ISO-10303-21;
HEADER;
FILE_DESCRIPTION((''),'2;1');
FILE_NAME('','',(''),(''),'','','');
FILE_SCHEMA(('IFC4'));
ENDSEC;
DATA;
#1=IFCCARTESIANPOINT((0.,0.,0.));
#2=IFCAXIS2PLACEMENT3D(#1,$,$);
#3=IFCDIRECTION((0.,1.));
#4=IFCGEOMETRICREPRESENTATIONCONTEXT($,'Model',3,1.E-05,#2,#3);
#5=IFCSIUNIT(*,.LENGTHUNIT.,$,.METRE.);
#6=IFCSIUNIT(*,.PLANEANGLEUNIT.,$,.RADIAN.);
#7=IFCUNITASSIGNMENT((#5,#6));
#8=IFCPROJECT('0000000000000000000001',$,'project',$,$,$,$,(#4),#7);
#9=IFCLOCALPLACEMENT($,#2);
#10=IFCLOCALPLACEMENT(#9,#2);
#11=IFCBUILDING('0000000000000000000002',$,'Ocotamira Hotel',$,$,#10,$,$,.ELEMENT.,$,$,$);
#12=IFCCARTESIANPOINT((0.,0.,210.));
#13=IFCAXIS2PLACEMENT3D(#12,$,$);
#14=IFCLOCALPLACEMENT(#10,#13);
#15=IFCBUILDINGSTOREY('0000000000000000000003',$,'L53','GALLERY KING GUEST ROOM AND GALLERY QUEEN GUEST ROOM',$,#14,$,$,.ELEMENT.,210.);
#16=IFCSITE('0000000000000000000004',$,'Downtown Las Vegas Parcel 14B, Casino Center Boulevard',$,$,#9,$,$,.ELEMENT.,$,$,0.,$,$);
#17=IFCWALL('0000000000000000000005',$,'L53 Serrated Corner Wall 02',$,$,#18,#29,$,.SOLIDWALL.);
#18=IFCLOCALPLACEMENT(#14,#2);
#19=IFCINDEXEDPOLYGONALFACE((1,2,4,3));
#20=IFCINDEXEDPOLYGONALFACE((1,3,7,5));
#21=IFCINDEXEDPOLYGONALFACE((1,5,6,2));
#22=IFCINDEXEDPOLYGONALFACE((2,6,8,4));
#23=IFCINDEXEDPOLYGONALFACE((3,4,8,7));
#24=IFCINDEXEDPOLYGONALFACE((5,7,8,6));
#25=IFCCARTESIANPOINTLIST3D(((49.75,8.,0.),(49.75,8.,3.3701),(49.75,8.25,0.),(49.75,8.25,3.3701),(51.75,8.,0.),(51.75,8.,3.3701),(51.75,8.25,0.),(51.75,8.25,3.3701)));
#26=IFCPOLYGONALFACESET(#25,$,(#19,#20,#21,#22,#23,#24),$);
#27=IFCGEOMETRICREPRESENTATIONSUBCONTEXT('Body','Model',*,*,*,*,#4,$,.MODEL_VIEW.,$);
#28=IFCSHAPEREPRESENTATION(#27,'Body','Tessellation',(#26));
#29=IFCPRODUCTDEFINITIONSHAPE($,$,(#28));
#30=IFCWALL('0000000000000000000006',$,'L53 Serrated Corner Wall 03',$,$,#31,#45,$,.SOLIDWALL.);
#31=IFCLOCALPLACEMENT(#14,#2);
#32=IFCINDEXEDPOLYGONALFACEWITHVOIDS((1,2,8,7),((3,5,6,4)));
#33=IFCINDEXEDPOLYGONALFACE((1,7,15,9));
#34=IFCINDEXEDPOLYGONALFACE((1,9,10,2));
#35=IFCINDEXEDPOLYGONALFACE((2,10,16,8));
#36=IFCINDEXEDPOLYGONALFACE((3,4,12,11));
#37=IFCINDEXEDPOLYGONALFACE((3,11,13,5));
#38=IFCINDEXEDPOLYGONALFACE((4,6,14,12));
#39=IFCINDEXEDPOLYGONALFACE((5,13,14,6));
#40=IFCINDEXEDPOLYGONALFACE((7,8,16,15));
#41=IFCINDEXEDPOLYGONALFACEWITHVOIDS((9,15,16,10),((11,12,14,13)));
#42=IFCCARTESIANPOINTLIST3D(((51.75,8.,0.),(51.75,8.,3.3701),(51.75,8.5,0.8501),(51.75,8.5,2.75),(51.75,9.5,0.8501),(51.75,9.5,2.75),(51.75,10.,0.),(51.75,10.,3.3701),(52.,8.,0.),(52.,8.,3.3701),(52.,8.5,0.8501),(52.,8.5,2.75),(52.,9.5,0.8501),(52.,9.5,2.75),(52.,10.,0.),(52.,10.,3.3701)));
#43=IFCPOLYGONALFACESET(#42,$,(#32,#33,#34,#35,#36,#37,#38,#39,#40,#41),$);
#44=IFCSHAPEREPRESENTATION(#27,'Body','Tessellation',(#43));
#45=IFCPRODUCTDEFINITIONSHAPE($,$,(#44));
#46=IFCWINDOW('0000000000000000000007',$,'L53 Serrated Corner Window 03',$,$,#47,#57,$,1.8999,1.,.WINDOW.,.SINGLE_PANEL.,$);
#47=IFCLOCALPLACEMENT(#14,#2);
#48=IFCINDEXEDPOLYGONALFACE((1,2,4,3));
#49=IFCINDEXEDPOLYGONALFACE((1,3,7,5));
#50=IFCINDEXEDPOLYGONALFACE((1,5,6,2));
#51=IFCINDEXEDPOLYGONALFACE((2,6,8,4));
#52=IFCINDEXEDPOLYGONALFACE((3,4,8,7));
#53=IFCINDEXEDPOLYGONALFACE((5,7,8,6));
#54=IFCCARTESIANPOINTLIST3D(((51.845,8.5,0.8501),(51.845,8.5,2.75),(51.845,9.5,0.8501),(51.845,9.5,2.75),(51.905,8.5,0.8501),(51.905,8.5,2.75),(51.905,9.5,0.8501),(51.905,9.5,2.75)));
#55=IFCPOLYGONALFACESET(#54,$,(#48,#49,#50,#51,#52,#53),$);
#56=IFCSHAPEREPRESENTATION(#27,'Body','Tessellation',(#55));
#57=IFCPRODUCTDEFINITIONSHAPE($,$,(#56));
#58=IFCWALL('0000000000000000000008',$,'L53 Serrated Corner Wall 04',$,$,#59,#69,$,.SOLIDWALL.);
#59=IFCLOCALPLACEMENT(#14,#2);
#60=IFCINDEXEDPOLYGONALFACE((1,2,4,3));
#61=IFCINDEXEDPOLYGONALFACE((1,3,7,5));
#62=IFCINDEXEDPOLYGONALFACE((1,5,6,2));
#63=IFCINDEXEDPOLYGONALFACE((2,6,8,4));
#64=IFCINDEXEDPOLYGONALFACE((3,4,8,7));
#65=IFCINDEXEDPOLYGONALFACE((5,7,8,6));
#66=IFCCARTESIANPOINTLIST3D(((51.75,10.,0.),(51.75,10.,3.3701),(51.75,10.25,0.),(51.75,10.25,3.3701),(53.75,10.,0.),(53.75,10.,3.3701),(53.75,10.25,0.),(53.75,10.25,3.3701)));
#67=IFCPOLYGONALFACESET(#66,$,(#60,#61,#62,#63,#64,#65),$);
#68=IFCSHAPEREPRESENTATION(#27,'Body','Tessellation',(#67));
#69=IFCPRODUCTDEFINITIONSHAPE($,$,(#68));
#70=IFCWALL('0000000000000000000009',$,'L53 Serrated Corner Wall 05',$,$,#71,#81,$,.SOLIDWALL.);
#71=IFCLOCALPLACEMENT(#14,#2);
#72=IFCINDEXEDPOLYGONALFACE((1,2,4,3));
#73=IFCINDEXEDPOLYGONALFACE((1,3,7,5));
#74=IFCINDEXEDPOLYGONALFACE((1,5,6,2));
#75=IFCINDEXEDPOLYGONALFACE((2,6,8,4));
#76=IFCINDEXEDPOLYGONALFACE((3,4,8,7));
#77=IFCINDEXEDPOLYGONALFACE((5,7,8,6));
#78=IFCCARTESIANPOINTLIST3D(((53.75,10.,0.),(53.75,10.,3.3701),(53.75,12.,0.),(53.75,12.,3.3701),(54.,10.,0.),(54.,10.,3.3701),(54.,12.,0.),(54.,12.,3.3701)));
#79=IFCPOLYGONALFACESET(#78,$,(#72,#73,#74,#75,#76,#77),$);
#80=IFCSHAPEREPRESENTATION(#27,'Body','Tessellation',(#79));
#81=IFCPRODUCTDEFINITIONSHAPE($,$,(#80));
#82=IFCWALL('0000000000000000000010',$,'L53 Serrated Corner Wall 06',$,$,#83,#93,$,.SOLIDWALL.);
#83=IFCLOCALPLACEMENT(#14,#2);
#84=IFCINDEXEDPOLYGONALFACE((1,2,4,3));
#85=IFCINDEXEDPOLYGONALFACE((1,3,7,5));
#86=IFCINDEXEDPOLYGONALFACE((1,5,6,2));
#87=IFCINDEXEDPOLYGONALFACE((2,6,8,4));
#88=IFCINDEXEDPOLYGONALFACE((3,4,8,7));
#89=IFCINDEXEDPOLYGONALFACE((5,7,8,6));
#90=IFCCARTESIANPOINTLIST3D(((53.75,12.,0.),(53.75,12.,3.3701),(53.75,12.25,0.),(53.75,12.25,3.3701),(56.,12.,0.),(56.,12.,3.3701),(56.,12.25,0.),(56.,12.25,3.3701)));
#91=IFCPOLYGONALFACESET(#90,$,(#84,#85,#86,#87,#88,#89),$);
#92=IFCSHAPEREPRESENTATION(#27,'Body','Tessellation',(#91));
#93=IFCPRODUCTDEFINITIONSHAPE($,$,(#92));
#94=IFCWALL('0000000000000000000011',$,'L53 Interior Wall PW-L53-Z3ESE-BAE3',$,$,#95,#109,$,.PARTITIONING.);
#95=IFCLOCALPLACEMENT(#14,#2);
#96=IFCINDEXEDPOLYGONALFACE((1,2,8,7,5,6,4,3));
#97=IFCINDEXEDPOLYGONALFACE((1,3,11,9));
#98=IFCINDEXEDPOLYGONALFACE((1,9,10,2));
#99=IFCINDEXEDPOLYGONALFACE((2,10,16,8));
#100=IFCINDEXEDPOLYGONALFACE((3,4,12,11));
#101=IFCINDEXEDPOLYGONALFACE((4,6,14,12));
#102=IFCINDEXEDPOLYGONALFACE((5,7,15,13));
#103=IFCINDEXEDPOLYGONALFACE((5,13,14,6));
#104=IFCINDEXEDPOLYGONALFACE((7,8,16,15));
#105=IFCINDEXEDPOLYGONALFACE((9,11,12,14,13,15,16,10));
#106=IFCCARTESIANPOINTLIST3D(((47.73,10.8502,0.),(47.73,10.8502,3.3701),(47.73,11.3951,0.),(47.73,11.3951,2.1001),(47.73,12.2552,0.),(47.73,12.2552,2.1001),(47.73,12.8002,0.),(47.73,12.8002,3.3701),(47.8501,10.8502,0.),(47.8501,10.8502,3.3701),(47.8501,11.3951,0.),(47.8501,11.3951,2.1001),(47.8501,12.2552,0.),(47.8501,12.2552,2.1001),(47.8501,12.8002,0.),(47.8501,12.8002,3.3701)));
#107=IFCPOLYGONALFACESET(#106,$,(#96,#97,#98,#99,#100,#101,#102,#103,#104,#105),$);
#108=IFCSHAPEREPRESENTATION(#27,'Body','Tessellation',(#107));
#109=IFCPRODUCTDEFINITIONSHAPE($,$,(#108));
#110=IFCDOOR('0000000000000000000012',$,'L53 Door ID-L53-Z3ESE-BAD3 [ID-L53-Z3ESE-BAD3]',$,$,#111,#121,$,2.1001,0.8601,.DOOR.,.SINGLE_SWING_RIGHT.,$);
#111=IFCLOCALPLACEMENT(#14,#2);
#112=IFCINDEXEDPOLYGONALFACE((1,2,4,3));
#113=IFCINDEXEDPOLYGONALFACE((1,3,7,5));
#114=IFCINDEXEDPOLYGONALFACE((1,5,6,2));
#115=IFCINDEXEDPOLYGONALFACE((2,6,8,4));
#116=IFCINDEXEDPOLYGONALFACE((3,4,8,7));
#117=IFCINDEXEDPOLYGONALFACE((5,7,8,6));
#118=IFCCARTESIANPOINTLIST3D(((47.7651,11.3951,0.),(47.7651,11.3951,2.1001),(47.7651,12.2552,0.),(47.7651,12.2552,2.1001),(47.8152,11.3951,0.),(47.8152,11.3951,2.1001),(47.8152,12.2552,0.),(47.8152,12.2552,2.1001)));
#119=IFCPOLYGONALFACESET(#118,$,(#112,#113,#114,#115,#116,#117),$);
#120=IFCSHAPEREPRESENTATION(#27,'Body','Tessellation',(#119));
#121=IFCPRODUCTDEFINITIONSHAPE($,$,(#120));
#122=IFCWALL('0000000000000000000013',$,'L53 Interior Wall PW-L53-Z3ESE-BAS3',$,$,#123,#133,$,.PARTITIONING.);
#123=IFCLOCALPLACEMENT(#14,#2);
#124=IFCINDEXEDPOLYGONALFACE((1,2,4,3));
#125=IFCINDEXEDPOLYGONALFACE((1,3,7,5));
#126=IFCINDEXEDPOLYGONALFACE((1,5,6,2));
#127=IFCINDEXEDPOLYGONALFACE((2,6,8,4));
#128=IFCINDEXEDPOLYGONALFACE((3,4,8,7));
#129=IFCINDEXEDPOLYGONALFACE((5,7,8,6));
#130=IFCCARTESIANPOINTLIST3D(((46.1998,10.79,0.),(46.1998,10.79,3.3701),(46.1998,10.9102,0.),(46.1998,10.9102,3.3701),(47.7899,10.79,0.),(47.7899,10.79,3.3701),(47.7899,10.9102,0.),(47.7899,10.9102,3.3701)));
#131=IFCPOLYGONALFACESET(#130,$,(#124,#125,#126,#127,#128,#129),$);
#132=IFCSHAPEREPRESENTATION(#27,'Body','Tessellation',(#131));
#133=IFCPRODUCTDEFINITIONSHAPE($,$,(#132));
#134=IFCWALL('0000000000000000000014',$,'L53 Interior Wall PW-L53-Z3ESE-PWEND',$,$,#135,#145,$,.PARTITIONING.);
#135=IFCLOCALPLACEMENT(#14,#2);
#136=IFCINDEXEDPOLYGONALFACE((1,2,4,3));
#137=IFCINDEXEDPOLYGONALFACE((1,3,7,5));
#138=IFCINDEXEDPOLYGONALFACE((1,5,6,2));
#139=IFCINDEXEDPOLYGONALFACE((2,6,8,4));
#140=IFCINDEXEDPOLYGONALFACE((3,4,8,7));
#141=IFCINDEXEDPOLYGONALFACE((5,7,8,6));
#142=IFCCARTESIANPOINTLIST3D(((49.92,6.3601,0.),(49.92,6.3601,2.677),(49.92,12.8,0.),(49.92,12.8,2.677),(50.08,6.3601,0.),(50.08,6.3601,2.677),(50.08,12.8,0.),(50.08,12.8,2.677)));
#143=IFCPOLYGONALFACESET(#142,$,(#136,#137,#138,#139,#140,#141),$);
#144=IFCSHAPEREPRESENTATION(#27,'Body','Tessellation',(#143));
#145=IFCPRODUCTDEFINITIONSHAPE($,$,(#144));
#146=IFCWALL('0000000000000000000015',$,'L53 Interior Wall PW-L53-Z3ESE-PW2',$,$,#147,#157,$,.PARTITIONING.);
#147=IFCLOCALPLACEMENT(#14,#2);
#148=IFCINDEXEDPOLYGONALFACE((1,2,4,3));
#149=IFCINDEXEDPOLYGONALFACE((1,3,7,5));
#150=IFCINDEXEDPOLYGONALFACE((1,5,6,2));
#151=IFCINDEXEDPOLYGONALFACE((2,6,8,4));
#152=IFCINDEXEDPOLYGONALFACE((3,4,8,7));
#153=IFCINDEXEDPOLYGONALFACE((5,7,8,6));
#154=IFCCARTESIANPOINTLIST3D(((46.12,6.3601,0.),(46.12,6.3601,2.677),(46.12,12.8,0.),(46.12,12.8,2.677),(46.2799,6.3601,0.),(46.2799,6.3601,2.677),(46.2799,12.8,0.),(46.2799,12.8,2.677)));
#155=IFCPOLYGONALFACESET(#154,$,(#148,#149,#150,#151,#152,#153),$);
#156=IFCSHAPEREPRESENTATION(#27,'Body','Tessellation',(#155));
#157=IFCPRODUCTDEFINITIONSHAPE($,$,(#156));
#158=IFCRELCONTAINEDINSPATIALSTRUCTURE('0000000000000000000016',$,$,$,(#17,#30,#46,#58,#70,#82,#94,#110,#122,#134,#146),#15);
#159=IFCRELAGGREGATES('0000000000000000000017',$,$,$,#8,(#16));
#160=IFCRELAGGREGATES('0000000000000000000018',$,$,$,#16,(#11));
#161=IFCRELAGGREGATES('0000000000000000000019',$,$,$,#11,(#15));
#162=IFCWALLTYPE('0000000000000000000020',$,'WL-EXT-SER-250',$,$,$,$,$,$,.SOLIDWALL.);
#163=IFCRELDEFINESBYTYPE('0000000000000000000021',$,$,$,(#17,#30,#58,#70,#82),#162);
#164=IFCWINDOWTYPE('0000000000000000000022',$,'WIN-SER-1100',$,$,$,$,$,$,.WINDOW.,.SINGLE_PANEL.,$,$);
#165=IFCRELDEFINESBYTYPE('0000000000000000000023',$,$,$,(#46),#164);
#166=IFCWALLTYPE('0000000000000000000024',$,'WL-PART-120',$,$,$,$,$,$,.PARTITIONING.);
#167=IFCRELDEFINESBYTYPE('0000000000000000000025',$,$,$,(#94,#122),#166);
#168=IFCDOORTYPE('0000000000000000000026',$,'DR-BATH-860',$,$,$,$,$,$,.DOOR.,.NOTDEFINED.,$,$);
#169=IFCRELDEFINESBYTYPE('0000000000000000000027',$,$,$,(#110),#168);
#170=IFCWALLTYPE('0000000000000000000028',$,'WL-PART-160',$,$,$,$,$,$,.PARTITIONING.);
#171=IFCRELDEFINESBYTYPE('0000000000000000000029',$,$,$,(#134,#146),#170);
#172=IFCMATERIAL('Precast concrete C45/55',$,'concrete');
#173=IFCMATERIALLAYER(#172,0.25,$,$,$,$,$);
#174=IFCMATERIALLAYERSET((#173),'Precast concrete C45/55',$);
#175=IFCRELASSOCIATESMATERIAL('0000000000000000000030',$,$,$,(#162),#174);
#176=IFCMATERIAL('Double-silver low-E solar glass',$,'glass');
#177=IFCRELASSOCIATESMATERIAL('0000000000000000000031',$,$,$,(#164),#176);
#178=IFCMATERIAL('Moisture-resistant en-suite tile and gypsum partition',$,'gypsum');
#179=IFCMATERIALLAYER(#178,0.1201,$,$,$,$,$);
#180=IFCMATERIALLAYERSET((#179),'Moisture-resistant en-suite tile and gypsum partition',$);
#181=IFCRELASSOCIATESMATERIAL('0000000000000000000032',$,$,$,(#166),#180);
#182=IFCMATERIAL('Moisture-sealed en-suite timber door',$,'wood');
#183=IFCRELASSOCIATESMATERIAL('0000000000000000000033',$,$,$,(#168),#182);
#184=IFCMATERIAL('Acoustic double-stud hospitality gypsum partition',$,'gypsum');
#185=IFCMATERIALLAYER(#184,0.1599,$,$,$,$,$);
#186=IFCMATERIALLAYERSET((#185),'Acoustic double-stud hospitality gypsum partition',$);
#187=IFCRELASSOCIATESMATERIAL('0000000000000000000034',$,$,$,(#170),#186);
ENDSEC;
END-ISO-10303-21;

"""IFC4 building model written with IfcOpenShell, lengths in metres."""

from ifc_helpers import new_model, si_unit, direction, frame, frame_2d, origin, place, context, subcontext, project, spatial, rectangle, extrude, source, transform, mapped, material, layer, layer_set, type_object, element, fill, save


model = new_model("IFC4")

# Units and contexts
model_context = context("Model", 3, precision=1e-05, world=origin(), true_north=direction((0.0, 1.0)))
body_context = subcontext(model_context, "Body", "Model", "MODEL_VIEW")
ifc_project = project(units=[si_unit("LENGTHUNIT", "METRE"), si_unit("PLANEANGLEUNIT", "RADIAN")], contexts=[model_context])

# Site, building, storey
site_placement = place(None, origin())
site = spatial("IfcSite", under=ifc_project, at=site_placement, Name="Downtown Las Vegas Parcel 14B, Casino Center Boulevard", CompositionType="ELEMENT", RefElevation=0.0)
building_placement = place(site_placement, origin())
building = spatial("IfcBuilding", under=site, at=building_placement, Name="Ocotamira Hotel", CompositionType="ELEMENT")
storey_placement = place(building_placement, frame((0.0, 0.0, 210.0)))
storey = spatial("IfcBuildingStorey", under=building, at=storey_placement, Name="L53", Description="GALLERY KING GUEST ROOM AND GALLERY QUEEN GUEST ROOM", CompositionType="ELEMENT", Elevation=210.0)

# Wall
ifc_material_1 = material(Name="Precast concrete C45/55", Category="concrete")
ifc_layer_1 = layer(ifc_material_1, 0.25)
ifc_layer_set_1 = layer_set([ifc_layer_1], Name="Precast concrete C45/55")
wall_type_1 = type_object("IfcWallType", Name="WL-EXT-SER-250", PredefinedType="SOLIDWALL", material=ifc_layer_set_1)
wall_1_placement = place(storey_placement, frame((49.75, 8.125, 0.0), z_axis=(0.0, 0.0, 1.0), x_axis=(1.0, 0.0, 0.0)))
element("IfcWall", 1, at=wall_1_placement, inside=storey, type_object=wall_type_1, Name="L53 Serrated Corner Wall 02", PredefinedType="SOLIDWALL", context=body_context, shape_type="SweptSolid", body=[
    extrude(rectangle(XDim=2.0, YDim=0.25, at=frame_2d((1.0, 0.0))), origin(), (0.0, 0.0, 1.0), 3.3701),
])

# Wall, opening, window
wall_2_placement = place(storey_placement, frame((51.875, 8.0, 0.0), z_axis=(0.0, 0.0, 1.0), x_axis=(0.0, 1.0, 0.0)))
wall_2 = element("IfcWall", 2, at=wall_2_placement, inside=storey, type_object=wall_type_1, Name="L53 Serrated Corner Wall 03", PredefinedType="SOLIDWALL", context=body_context, shape_type="SweptSolid", body=[
    extrude(rectangle(XDim=2.0, YDim=0.25, at=frame_2d((1.0, 0.0))), origin(), (0.0, 0.0, 1.0), 3.3701),
])
opening_1_placement = place(wall_2_placement, frame((0.5, 0.0, 0.8501)))
opening_1 = element("IfcOpeningElement", 3, at=opening_1_placement, cuts=wall_2, PredefinedType="OPENING", context=body_context, shape_type="SweptSolid", body=[
    extrude(rectangle(XDim=1.0, YDim=1.8999, at=frame_2d((0.5, 0.95))), frame((0.0, 0.135, 0.0), z_axis=(0.0, -1.0, 0.0), x_axis=(1.0, 0.0, 0.0)), (0.0, 0.0, 1.0), 0.27),
])
ifc_material_2 = material(Name="Double-silver low-E solar glass", Category="glass")
window_type = type_object("IfcWindowType", Name="WIN-SER-1100", PartitioningType="SINGLE_PANEL", PredefinedType="WINDOW", material=ifc_material_2)
shared_shape_1 = source(origin(), body_context, "Body", "SweptSolid", [
    extrude(rectangle(XDim=1.0, YDim=1.8999, at=frame_2d((0.5, 0.95))), frame((0.0, 0.03, 0.0), z_axis=(0.0, -1.0, 0.0), x_axis=(1.0, 0.0, 0.0)), (0.0, 0.0, 1.0), 0.0601),
])
window_placement = place(opening_1_placement, origin())
window = element("IfcWindow", 4, at=window_placement, inside=storey, type_object=window_type, Name="L53 Serrated Corner Window 03", OverallHeight=1.8999, OverallWidth=1.0, PartitioningType="SINGLE_PANEL", PredefinedType="WINDOW", context=body_context, shape_type="MappedRepresentation", body=[
    mapped(shared_shape_1, transform((0.0, 0.0, 0.0), scale=1.0)),
])
fill(opening_1, window)

# Walls
for number, where, z_axis, x_axis, name in (
    (5, (51.75, 10.125, 0.0), (0.0, 0.0, 1.0), (1.0, 0.0, 0.0), "L53 Serrated Corner Wall 04"),
    (6, (53.875, 10.0, 0.0), (0.0, 0.0, 1.0), (0.0, 1.0, 0.0), "L53 Serrated Corner Wall 05"),
):
    element("IfcWall", number, at=place(storey_placement, frame(where, z_axis=z_axis, x_axis=x_axis)), inside=storey, type_object=wall_type_1, Name=name, PredefinedType="SOLIDWALL", context=body_context, shape_type="SweptSolid", body=[
        extrude(rectangle(XDim=2.0, YDim=0.25, at=frame_2d((1.0, 0.0))), origin(), (0.0, 0.0, 1.0), 3.3701),
    ])
wall_3_placement = place(storey_placement, frame((53.75, 12.125, 0.0), z_axis=(0.0, 0.0, 1.0), x_axis=(1.0, 0.0, 0.0)))
element("IfcWall", 7, at=wall_3_placement, inside=storey, type_object=wall_type_1, Name="L53 Serrated Corner Wall 06", PredefinedType="SOLIDWALL", context=body_context, shape_type="SweptSolid", body=[
    extrude(rectangle(XDim=2.25, YDim=0.25, at=frame_2d((1.125, 0.0))), origin(), (0.0, 0.0, 1.0), 3.3701),
])

# Wall, opening, door
ifc_material_3 = material(Name="Moisture-resistant en-suite tile and gypsum partition", Category="gypsum")
ifc_layer_2 = layer(ifc_material_3, 0.1201)
ifc_layer_set_2 = layer_set([ifc_layer_2], Name="Moisture-resistant en-suite tile and gypsum partition")
wall_type_2 = type_object("IfcWallType", Name="WL-PART-120", PredefinedType="PARTITIONING", material=ifc_layer_set_2)
wall_4_placement = place(storey_placement, frame((47.79, 10.8501, 0.0), z_axis=(0.0, 0.0, 1.0), x_axis=(0.0, 1.0, 0.0)))
wall_4 = element("IfcWall", 8, at=wall_4_placement, inside=storey, type_object=wall_type_2, Name="L53 Interior Wall PW-L53-Z3ESE-BAE3", PredefinedType="PARTITIONING", context=body_context, shape_type="SweptSolid", body=[
    extrude(rectangle(XDim=1.95, YDim=0.1201, at=frame_2d((0.9751, 0.0))), origin(), (0.0, 0.0, 1.0), 3.3701),
])
opening_2_placement = place(wall_4_placement, frame((0.5449, 0.0, 0.0)))
opening_2 = element("IfcOpeningElement", 9, at=opening_2_placement, cuts=wall_4, PredefinedType="OPENING", context=body_context, shape_type="SweptSolid", body=[
    extrude(rectangle(XDim=0.8601, YDim=2.1001, at=frame_2d((0.4302, 1.05))), frame((0.0, 0.0701, 0.0), z_axis=(0.0, -1.0, 0.0), x_axis=(1.0, 0.0, 0.0)), (0.0, 0.0, 1.0), 0.1401),
])
ifc_material_4 = material(Name="Moisture-sealed en-suite timber door", Category="wood")
door_type_1 = type_object("IfcDoorType", Name="DR-BATH-860", OperationType="NOTDEFINED", PredefinedType="DOOR", material=ifc_material_4)
shared_shape_2 = source(origin(), body_context, "Body", "SweptSolid", [
    extrude(rectangle(XDim=0.8601, YDim=2.1001, at=frame_2d((0.4302, 1.05))), frame((0.0, 0.0249, 0.0), z_axis=(0.0, -1.0, 0.0), x_axis=(1.0, 0.0, 0.0)), (0.0, 0.0, 1.0), 0.05),
])
door_1_placement = place(opening_2_placement, origin())
door_1 = element("IfcDoor", 10, at=door_1_placement, inside=storey, type_object=door_type_1, Name="L53 Door ID-L53-Z3ESE-BAD3 [ID-L53-Z3ESE-BAD3]", OperationType="SINGLE_SWING_RIGHT", OverallHeight=2.1001, OverallWidth=0.8601, PredefinedType="DOOR", context=body_context, shape_type="MappedRepresentation", body=[
    mapped(shared_shape_2, transform((0.0, 0.0, 0.0), scale=1.0)),
])
fill(opening_2, door_1)

# Walls
wall_5_placement = place(storey_placement, frame((46.2, 10.8501, 0.0), z_axis=(0.0, 0.0, 1.0), x_axis=(1.0, 0.0, 0.0)))
element("IfcWall", 11, at=wall_5_placement, inside=storey, type_object=wall_type_2, Name="L53 Interior Wall PW-L53-Z3ESE-BAS3", PredefinedType="PARTITIONING", context=body_context, shape_type="SweptSolid", body=[
    extrude(rectangle(XDim=1.5901, YDim=0.1201, at=frame_2d((0.7949, 0.0))), origin(), (0.0, 0.0, 1.0), 3.3701),
])
ifc_material_5 = material(Name="Acoustic double-stud hospitality gypsum partition", Category="gypsum")
ifc_layer_3 = layer(ifc_material_5, 0.1599)
ifc_layer_set_3 = layer_set([ifc_layer_3], Name="Acoustic double-stud hospitality gypsum partition")
wall_type_3 = type_object("IfcWallType", Name="WL-PART-160", PredefinedType="PARTITIONING", material=ifc_layer_set_3)
for number, where, z_axis, x_axis, name in (
    (12, (50.0, 6.3601, 0.0), (0.0, 0.0, 1.0), (0.0, 1.0, 0.0), "L53 Interior Wall PW-L53-Z3ESE-PWEND"),
    (13, (46.2, 6.3601, 0.0), (0.0, 0.0, 1.0), (0.0, 1.0, 0.0), "L53 Interior Wall PW-L53-Z3ESE-PW2"),
):
    element("IfcWall", number, at=place(storey_placement, frame(where, z_axis=z_axis, x_axis=x_axis)), inside=storey, type_object=wall_type_3, Name=name, PredefinedType="PARTITIONING", context=body_context, shape_type="SweptSolid", body=[
        extrude(rectangle(XDim=6.4399, YDim=0.1599, at=frame_2d((3.22, 0.0))), origin(), (0.0, 0.0, 1.0), 2.677),
    ])

save(model, "model.ifc")
